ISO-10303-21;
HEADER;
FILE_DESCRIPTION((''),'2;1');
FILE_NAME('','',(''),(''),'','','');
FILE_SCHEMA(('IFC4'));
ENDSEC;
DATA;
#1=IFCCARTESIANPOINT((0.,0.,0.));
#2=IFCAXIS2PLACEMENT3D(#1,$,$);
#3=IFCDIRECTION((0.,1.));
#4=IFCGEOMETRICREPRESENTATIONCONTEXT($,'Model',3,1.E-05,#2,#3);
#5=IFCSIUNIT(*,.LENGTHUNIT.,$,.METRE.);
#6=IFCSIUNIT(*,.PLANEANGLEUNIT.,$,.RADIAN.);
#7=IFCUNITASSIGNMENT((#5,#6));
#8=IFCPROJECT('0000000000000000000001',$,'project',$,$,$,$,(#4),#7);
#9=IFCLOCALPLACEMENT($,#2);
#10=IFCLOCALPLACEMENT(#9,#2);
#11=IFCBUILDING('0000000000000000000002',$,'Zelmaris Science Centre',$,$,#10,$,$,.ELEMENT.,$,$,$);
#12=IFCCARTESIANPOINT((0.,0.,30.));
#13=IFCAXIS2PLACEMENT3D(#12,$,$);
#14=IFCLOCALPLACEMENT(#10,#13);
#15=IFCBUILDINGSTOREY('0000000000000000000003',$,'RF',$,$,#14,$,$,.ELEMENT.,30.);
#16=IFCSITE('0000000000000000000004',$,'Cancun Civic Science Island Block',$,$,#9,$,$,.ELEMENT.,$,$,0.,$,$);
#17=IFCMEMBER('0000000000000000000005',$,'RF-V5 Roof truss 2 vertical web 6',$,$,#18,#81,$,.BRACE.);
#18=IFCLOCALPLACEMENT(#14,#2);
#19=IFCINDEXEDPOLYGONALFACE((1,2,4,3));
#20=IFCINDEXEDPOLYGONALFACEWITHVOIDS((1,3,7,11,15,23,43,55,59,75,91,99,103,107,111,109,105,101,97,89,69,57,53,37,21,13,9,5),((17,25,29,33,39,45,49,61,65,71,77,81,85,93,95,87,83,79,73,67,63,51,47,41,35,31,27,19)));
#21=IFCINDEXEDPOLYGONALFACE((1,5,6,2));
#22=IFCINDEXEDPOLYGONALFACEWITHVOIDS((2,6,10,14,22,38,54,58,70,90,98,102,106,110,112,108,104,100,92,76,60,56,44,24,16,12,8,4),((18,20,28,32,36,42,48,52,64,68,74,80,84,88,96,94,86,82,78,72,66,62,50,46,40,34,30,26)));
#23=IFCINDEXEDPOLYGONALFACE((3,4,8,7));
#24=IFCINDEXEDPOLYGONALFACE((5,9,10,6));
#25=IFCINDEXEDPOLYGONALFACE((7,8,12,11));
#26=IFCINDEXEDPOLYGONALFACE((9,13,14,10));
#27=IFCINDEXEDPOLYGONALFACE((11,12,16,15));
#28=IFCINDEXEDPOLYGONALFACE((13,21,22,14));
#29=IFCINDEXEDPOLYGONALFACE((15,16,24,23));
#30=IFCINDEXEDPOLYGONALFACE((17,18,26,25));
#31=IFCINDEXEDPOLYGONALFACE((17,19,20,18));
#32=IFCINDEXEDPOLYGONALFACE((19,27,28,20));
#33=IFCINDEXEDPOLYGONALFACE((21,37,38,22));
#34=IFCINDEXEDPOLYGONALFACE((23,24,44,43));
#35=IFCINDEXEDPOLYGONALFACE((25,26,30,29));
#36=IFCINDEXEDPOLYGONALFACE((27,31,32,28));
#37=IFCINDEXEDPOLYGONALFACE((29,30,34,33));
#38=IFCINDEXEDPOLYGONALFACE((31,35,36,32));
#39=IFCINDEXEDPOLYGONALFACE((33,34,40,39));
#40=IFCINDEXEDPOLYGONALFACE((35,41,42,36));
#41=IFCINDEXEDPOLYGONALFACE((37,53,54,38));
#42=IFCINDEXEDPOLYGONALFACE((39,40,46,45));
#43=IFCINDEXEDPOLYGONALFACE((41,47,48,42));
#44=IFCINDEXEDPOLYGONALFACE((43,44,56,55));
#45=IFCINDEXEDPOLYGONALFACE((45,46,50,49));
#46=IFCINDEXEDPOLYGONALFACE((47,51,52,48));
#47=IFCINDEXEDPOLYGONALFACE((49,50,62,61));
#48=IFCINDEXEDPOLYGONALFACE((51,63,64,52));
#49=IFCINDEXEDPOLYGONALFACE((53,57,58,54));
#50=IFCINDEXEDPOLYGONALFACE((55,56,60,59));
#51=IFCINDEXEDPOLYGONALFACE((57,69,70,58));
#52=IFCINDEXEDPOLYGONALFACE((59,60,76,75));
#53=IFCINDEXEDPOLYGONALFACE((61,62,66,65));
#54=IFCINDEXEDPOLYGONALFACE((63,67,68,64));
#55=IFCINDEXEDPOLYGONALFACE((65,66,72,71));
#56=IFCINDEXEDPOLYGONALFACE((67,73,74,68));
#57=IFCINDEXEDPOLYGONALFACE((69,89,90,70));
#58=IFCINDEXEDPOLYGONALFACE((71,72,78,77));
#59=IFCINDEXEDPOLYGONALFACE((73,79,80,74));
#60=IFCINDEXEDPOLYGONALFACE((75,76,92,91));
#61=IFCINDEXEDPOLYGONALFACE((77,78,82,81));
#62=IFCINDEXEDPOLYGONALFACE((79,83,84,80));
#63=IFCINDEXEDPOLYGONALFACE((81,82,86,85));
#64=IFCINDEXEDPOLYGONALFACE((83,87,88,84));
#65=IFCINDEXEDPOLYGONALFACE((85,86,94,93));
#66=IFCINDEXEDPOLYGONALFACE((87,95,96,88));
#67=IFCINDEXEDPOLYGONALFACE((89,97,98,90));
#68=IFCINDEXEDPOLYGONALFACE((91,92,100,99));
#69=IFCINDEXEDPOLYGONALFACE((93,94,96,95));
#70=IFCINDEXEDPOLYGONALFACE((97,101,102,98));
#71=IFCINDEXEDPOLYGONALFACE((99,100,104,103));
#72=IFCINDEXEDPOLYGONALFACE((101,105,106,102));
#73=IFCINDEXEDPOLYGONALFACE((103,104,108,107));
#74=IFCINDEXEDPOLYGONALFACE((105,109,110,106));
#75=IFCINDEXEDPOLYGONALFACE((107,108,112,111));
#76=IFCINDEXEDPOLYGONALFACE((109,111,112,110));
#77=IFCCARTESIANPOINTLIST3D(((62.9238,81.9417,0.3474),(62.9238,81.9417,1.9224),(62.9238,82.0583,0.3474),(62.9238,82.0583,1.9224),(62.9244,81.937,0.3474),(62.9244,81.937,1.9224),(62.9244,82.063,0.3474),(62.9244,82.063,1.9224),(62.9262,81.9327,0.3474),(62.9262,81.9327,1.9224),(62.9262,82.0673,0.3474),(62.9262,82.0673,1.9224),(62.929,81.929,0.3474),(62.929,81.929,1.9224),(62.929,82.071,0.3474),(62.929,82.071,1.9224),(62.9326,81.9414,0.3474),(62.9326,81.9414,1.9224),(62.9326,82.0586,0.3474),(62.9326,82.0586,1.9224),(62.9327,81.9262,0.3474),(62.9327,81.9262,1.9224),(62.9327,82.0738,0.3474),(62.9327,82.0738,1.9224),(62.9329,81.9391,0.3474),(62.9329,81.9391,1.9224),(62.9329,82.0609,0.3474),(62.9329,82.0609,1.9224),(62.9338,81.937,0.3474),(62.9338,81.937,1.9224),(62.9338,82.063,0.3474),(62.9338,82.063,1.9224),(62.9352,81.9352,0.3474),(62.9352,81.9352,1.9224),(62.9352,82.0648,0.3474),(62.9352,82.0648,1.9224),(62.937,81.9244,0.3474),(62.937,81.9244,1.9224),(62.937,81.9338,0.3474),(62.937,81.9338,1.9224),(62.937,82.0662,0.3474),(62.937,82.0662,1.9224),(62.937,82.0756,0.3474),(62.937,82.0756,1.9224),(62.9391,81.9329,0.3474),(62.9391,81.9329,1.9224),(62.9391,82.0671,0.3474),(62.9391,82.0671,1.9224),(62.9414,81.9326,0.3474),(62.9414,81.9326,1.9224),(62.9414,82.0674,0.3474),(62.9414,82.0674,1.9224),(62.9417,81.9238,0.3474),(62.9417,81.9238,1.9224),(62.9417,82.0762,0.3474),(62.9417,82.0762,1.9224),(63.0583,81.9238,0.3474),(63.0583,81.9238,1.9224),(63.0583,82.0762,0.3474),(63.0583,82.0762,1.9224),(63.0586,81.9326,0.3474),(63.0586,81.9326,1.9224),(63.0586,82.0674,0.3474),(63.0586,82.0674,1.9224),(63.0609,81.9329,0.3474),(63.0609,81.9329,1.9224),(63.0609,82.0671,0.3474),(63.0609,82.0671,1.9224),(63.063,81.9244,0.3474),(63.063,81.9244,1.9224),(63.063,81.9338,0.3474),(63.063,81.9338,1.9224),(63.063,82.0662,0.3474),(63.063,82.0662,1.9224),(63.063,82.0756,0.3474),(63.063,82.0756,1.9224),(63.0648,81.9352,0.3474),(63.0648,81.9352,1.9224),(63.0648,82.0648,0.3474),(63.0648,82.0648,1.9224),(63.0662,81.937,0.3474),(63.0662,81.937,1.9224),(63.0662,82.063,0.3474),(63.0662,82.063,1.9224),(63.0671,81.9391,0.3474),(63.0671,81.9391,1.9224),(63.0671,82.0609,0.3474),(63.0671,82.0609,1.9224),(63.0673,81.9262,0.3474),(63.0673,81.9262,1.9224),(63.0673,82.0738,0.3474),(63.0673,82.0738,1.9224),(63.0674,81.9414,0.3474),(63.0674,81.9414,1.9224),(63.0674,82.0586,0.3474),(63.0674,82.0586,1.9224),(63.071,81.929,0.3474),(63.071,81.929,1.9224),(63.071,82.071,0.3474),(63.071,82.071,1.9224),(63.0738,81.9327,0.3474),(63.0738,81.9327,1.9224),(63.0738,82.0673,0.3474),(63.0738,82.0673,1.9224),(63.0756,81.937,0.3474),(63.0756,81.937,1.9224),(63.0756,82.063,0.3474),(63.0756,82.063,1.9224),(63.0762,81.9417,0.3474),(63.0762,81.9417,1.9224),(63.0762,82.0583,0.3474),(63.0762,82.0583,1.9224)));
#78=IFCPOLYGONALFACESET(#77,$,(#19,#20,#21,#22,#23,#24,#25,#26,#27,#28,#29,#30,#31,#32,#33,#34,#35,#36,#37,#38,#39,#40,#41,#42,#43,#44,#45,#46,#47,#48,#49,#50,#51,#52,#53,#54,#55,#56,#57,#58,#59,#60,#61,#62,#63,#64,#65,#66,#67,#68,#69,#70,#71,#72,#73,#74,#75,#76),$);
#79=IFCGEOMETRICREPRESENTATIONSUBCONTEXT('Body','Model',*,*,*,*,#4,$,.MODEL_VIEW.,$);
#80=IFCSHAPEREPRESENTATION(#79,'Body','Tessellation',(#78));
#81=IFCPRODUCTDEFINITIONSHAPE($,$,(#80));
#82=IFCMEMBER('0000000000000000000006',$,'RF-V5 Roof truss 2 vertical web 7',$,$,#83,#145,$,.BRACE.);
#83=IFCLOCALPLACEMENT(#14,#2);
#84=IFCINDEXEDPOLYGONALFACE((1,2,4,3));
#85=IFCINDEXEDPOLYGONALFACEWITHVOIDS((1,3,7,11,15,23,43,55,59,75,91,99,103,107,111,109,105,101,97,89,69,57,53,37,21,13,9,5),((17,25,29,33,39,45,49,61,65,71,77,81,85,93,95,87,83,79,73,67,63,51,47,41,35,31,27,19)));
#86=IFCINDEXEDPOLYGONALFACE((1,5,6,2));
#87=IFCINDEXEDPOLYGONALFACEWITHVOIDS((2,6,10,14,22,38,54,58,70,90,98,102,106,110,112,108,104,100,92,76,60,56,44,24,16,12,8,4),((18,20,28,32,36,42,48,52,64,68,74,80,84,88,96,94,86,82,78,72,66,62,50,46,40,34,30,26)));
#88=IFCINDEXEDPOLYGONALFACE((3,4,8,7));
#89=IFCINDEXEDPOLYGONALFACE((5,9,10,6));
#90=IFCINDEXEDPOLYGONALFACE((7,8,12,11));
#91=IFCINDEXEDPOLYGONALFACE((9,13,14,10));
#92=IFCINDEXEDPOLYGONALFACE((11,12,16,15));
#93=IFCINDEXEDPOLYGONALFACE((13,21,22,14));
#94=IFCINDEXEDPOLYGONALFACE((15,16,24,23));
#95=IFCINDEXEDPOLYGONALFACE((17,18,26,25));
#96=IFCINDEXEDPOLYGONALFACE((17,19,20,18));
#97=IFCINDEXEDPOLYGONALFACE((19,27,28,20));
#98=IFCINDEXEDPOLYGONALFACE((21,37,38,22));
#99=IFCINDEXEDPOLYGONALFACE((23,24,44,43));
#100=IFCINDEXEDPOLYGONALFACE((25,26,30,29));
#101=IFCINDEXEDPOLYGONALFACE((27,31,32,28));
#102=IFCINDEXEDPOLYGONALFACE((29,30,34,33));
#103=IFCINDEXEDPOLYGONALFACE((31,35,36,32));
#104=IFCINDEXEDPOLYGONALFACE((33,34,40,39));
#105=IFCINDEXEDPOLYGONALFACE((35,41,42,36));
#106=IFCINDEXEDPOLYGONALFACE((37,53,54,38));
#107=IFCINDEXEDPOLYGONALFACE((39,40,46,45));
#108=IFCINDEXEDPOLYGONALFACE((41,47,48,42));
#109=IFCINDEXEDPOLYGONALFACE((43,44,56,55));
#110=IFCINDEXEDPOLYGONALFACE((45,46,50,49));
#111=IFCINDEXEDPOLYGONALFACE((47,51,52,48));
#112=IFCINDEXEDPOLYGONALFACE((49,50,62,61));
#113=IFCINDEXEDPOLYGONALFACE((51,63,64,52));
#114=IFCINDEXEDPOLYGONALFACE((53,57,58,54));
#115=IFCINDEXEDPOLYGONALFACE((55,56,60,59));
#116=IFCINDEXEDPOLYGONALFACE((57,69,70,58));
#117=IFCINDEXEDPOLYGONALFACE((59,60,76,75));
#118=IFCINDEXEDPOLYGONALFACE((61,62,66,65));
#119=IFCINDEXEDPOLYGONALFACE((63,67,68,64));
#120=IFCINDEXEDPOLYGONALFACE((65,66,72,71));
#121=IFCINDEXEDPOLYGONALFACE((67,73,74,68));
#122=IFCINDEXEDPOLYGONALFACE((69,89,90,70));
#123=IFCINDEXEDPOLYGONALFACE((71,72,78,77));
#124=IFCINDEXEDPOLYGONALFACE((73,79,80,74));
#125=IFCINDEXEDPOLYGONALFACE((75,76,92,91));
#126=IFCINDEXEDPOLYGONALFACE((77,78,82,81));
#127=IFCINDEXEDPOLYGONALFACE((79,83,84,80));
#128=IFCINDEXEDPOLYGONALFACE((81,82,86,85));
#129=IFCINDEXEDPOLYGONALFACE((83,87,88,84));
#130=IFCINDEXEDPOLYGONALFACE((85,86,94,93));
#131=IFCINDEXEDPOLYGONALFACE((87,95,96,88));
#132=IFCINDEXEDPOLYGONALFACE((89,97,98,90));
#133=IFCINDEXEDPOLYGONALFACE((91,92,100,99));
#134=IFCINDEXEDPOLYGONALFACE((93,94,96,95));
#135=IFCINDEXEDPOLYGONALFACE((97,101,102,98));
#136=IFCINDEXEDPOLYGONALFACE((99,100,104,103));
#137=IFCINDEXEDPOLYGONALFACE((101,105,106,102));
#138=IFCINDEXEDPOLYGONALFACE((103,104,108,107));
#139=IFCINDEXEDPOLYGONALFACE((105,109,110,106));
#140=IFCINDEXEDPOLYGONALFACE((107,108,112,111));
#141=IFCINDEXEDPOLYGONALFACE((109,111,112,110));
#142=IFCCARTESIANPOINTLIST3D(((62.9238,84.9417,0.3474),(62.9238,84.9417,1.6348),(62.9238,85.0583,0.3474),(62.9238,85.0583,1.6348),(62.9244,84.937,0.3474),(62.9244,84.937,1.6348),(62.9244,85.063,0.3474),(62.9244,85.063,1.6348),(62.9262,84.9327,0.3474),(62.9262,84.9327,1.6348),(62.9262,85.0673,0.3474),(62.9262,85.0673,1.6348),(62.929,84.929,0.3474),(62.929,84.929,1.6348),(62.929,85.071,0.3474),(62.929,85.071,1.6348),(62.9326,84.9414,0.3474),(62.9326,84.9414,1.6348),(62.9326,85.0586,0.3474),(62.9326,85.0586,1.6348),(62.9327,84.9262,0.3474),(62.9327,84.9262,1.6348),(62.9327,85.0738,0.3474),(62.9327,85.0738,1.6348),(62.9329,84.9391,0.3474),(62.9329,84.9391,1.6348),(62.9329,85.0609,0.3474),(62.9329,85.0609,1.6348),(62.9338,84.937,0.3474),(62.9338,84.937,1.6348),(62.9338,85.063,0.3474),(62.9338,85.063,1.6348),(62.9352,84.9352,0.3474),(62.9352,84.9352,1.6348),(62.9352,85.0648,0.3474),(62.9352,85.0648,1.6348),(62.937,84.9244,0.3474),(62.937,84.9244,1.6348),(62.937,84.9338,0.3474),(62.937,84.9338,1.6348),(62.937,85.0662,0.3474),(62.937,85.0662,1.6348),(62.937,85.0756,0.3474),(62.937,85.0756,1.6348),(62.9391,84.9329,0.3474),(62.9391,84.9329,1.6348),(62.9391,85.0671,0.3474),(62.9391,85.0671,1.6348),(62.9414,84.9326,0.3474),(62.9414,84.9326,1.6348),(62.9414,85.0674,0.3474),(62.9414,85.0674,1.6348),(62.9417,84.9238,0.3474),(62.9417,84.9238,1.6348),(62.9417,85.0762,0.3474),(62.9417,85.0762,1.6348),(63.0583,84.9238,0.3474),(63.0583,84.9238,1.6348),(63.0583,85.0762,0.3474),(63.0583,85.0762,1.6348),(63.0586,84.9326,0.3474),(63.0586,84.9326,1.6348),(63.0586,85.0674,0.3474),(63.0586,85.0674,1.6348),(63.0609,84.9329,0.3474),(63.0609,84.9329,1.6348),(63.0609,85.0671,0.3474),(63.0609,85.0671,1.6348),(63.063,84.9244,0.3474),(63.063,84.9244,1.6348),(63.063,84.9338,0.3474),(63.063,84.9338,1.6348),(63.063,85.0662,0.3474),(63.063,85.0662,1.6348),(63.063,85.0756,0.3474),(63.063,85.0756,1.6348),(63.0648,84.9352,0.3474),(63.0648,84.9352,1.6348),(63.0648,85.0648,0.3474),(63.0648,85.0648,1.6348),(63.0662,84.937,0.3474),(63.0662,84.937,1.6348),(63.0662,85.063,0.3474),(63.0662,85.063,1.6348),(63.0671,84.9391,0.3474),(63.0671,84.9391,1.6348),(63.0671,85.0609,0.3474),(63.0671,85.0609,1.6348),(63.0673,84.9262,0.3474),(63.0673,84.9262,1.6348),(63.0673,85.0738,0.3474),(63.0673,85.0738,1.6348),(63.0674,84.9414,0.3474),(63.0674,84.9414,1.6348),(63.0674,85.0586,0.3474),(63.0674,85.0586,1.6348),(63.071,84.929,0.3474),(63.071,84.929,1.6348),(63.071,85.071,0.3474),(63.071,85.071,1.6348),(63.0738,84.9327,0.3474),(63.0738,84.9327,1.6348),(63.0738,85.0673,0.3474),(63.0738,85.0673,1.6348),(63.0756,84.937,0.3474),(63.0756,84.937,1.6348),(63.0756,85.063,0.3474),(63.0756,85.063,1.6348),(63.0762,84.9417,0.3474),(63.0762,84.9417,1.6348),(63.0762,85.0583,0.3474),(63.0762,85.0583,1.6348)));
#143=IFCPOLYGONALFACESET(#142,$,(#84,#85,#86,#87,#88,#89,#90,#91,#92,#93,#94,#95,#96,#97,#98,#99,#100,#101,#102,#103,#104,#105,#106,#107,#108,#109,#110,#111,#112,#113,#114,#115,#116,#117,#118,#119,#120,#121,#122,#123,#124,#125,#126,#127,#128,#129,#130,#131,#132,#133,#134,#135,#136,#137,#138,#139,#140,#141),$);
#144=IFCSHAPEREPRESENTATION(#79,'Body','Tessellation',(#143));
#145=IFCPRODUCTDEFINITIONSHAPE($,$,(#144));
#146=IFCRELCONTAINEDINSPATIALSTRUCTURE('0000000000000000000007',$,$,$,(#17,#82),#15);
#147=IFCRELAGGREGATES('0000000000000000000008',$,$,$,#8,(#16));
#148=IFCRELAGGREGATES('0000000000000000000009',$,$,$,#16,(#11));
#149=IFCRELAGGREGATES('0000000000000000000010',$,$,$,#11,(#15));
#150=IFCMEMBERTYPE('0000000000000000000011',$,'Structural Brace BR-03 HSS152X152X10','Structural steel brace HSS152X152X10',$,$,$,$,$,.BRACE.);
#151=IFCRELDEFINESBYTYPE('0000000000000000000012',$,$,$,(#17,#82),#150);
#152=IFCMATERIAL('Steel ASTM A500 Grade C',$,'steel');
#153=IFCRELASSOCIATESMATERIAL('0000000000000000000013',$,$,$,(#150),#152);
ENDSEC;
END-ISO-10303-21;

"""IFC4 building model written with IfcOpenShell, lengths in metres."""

from ifc_helpers import new_model, si_unit, direction, frame, origin, origin_2d, place, context, subcontext, project, spatial, hollow_rectangle, extrude, material, material_profile, profile_set, type_object, element, save


model = new_model("IFC4")

# Units and contexts
model_context = context("Model", 3, precision=1e-05, world=origin(), true_north=direction((0.0, 1.0)))
body_context = subcontext(model_context, "Body", "Model", "MODEL_VIEW")
ifc_project = project(units=[si_unit("LENGTHUNIT", "METRE"), si_unit("PLANEANGLEUNIT", "RADIAN")], contexts=[model_context])

# Site, building, storey
site_placement = place(None, origin())
site = spatial("IfcSite", under=ifc_project, at=site_placement, Name="Cancun Civic Science Island Block", CompositionType="ELEMENT", RefElevation=0.0)
building_placement = place(site_placement, origin())
building = spatial("IfcBuilding", under=site, at=building_placement, Name="Zelmaris Science Centre", CompositionType="ELEMENT")
storey_placement = place(building_placement, frame((0.0, 0.0, 30.0)))
storey = spatial("IfcBuildingStorey", under=building, at=storey_placement, Name="RF", CompositionType="ELEMENT", Elevation=30.0)

# Shared definitions
ifc_material = material(Name="Steel ASTM A500 Grade C", Category="steel")

# Members
ifc_material_profile_1 = material_profile(ifc_material, hollow_rectangle(XDim=0.1523, YDim=0.1523, WallThickness=0.0088, InnerFilletRadius=0.0088, OuterFilletRadius=0.0178, at=origin_2d()), Name="HSS152X152X10")
ifc_profile_set_1 = profile_set([ifc_material_profile_1], Name="Steel ASTM A500 Grade C")
member_type_1 = type_object("IfcMemberType", Name="Structural Brace BR-03 HSS152X152X10", Description="Structural steel brace HSS152X152X10", PredefinedType="BRACE", material=ifc_profile_set_1)
member_1_placement = place(storey_placement, frame((63.0, 82.0, 0.3474), z_axis=(0.0, 0.0, 1.0), x_axis=(1.0, 0.0, 0.0)))
element("IfcMember", 1, at=member_1_placement, inside=storey, type_object=member_type_1, Name="RF-V5 Roof truss 2 vertical web 6", PredefinedType="BRACE", context=body_context, shape_type="SweptSolid", body=[
    extrude(hollow_rectangle(XDim=0.1523, YDim=0.1523, WallThickness=0.0088, InnerFilletRadius=0.0088, OuterFilletRadius=0.0178, at=origin_2d()), origin(), (0.0, 0.0, 1.0), 1.575),
])
member_2_placement = place(storey_placement, frame((63.0, 85.0, 0.3474), z_axis=(0.0, 0.0, 1.0), x_axis=(1.0, 0.0, 0.0)))
element("IfcMember", 2, at=member_2_placement, inside=storey, type_object=member_type_1, Name="RF-V5 Roof truss 2 vertical web 7", PredefinedType="BRACE", context=body_context, shape_type="SweptSolid", body=[
    extrude(hollow_rectangle(XDim=0.1523, YDim=0.1523, WallThickness=0.0088, InnerFilletRadius=0.0088, OuterFilletRadius=0.0178, at=origin_2d()), origin(), (0.0, 0.0, 1.0), 1.2874),
])

save(model, "model.ifc")
